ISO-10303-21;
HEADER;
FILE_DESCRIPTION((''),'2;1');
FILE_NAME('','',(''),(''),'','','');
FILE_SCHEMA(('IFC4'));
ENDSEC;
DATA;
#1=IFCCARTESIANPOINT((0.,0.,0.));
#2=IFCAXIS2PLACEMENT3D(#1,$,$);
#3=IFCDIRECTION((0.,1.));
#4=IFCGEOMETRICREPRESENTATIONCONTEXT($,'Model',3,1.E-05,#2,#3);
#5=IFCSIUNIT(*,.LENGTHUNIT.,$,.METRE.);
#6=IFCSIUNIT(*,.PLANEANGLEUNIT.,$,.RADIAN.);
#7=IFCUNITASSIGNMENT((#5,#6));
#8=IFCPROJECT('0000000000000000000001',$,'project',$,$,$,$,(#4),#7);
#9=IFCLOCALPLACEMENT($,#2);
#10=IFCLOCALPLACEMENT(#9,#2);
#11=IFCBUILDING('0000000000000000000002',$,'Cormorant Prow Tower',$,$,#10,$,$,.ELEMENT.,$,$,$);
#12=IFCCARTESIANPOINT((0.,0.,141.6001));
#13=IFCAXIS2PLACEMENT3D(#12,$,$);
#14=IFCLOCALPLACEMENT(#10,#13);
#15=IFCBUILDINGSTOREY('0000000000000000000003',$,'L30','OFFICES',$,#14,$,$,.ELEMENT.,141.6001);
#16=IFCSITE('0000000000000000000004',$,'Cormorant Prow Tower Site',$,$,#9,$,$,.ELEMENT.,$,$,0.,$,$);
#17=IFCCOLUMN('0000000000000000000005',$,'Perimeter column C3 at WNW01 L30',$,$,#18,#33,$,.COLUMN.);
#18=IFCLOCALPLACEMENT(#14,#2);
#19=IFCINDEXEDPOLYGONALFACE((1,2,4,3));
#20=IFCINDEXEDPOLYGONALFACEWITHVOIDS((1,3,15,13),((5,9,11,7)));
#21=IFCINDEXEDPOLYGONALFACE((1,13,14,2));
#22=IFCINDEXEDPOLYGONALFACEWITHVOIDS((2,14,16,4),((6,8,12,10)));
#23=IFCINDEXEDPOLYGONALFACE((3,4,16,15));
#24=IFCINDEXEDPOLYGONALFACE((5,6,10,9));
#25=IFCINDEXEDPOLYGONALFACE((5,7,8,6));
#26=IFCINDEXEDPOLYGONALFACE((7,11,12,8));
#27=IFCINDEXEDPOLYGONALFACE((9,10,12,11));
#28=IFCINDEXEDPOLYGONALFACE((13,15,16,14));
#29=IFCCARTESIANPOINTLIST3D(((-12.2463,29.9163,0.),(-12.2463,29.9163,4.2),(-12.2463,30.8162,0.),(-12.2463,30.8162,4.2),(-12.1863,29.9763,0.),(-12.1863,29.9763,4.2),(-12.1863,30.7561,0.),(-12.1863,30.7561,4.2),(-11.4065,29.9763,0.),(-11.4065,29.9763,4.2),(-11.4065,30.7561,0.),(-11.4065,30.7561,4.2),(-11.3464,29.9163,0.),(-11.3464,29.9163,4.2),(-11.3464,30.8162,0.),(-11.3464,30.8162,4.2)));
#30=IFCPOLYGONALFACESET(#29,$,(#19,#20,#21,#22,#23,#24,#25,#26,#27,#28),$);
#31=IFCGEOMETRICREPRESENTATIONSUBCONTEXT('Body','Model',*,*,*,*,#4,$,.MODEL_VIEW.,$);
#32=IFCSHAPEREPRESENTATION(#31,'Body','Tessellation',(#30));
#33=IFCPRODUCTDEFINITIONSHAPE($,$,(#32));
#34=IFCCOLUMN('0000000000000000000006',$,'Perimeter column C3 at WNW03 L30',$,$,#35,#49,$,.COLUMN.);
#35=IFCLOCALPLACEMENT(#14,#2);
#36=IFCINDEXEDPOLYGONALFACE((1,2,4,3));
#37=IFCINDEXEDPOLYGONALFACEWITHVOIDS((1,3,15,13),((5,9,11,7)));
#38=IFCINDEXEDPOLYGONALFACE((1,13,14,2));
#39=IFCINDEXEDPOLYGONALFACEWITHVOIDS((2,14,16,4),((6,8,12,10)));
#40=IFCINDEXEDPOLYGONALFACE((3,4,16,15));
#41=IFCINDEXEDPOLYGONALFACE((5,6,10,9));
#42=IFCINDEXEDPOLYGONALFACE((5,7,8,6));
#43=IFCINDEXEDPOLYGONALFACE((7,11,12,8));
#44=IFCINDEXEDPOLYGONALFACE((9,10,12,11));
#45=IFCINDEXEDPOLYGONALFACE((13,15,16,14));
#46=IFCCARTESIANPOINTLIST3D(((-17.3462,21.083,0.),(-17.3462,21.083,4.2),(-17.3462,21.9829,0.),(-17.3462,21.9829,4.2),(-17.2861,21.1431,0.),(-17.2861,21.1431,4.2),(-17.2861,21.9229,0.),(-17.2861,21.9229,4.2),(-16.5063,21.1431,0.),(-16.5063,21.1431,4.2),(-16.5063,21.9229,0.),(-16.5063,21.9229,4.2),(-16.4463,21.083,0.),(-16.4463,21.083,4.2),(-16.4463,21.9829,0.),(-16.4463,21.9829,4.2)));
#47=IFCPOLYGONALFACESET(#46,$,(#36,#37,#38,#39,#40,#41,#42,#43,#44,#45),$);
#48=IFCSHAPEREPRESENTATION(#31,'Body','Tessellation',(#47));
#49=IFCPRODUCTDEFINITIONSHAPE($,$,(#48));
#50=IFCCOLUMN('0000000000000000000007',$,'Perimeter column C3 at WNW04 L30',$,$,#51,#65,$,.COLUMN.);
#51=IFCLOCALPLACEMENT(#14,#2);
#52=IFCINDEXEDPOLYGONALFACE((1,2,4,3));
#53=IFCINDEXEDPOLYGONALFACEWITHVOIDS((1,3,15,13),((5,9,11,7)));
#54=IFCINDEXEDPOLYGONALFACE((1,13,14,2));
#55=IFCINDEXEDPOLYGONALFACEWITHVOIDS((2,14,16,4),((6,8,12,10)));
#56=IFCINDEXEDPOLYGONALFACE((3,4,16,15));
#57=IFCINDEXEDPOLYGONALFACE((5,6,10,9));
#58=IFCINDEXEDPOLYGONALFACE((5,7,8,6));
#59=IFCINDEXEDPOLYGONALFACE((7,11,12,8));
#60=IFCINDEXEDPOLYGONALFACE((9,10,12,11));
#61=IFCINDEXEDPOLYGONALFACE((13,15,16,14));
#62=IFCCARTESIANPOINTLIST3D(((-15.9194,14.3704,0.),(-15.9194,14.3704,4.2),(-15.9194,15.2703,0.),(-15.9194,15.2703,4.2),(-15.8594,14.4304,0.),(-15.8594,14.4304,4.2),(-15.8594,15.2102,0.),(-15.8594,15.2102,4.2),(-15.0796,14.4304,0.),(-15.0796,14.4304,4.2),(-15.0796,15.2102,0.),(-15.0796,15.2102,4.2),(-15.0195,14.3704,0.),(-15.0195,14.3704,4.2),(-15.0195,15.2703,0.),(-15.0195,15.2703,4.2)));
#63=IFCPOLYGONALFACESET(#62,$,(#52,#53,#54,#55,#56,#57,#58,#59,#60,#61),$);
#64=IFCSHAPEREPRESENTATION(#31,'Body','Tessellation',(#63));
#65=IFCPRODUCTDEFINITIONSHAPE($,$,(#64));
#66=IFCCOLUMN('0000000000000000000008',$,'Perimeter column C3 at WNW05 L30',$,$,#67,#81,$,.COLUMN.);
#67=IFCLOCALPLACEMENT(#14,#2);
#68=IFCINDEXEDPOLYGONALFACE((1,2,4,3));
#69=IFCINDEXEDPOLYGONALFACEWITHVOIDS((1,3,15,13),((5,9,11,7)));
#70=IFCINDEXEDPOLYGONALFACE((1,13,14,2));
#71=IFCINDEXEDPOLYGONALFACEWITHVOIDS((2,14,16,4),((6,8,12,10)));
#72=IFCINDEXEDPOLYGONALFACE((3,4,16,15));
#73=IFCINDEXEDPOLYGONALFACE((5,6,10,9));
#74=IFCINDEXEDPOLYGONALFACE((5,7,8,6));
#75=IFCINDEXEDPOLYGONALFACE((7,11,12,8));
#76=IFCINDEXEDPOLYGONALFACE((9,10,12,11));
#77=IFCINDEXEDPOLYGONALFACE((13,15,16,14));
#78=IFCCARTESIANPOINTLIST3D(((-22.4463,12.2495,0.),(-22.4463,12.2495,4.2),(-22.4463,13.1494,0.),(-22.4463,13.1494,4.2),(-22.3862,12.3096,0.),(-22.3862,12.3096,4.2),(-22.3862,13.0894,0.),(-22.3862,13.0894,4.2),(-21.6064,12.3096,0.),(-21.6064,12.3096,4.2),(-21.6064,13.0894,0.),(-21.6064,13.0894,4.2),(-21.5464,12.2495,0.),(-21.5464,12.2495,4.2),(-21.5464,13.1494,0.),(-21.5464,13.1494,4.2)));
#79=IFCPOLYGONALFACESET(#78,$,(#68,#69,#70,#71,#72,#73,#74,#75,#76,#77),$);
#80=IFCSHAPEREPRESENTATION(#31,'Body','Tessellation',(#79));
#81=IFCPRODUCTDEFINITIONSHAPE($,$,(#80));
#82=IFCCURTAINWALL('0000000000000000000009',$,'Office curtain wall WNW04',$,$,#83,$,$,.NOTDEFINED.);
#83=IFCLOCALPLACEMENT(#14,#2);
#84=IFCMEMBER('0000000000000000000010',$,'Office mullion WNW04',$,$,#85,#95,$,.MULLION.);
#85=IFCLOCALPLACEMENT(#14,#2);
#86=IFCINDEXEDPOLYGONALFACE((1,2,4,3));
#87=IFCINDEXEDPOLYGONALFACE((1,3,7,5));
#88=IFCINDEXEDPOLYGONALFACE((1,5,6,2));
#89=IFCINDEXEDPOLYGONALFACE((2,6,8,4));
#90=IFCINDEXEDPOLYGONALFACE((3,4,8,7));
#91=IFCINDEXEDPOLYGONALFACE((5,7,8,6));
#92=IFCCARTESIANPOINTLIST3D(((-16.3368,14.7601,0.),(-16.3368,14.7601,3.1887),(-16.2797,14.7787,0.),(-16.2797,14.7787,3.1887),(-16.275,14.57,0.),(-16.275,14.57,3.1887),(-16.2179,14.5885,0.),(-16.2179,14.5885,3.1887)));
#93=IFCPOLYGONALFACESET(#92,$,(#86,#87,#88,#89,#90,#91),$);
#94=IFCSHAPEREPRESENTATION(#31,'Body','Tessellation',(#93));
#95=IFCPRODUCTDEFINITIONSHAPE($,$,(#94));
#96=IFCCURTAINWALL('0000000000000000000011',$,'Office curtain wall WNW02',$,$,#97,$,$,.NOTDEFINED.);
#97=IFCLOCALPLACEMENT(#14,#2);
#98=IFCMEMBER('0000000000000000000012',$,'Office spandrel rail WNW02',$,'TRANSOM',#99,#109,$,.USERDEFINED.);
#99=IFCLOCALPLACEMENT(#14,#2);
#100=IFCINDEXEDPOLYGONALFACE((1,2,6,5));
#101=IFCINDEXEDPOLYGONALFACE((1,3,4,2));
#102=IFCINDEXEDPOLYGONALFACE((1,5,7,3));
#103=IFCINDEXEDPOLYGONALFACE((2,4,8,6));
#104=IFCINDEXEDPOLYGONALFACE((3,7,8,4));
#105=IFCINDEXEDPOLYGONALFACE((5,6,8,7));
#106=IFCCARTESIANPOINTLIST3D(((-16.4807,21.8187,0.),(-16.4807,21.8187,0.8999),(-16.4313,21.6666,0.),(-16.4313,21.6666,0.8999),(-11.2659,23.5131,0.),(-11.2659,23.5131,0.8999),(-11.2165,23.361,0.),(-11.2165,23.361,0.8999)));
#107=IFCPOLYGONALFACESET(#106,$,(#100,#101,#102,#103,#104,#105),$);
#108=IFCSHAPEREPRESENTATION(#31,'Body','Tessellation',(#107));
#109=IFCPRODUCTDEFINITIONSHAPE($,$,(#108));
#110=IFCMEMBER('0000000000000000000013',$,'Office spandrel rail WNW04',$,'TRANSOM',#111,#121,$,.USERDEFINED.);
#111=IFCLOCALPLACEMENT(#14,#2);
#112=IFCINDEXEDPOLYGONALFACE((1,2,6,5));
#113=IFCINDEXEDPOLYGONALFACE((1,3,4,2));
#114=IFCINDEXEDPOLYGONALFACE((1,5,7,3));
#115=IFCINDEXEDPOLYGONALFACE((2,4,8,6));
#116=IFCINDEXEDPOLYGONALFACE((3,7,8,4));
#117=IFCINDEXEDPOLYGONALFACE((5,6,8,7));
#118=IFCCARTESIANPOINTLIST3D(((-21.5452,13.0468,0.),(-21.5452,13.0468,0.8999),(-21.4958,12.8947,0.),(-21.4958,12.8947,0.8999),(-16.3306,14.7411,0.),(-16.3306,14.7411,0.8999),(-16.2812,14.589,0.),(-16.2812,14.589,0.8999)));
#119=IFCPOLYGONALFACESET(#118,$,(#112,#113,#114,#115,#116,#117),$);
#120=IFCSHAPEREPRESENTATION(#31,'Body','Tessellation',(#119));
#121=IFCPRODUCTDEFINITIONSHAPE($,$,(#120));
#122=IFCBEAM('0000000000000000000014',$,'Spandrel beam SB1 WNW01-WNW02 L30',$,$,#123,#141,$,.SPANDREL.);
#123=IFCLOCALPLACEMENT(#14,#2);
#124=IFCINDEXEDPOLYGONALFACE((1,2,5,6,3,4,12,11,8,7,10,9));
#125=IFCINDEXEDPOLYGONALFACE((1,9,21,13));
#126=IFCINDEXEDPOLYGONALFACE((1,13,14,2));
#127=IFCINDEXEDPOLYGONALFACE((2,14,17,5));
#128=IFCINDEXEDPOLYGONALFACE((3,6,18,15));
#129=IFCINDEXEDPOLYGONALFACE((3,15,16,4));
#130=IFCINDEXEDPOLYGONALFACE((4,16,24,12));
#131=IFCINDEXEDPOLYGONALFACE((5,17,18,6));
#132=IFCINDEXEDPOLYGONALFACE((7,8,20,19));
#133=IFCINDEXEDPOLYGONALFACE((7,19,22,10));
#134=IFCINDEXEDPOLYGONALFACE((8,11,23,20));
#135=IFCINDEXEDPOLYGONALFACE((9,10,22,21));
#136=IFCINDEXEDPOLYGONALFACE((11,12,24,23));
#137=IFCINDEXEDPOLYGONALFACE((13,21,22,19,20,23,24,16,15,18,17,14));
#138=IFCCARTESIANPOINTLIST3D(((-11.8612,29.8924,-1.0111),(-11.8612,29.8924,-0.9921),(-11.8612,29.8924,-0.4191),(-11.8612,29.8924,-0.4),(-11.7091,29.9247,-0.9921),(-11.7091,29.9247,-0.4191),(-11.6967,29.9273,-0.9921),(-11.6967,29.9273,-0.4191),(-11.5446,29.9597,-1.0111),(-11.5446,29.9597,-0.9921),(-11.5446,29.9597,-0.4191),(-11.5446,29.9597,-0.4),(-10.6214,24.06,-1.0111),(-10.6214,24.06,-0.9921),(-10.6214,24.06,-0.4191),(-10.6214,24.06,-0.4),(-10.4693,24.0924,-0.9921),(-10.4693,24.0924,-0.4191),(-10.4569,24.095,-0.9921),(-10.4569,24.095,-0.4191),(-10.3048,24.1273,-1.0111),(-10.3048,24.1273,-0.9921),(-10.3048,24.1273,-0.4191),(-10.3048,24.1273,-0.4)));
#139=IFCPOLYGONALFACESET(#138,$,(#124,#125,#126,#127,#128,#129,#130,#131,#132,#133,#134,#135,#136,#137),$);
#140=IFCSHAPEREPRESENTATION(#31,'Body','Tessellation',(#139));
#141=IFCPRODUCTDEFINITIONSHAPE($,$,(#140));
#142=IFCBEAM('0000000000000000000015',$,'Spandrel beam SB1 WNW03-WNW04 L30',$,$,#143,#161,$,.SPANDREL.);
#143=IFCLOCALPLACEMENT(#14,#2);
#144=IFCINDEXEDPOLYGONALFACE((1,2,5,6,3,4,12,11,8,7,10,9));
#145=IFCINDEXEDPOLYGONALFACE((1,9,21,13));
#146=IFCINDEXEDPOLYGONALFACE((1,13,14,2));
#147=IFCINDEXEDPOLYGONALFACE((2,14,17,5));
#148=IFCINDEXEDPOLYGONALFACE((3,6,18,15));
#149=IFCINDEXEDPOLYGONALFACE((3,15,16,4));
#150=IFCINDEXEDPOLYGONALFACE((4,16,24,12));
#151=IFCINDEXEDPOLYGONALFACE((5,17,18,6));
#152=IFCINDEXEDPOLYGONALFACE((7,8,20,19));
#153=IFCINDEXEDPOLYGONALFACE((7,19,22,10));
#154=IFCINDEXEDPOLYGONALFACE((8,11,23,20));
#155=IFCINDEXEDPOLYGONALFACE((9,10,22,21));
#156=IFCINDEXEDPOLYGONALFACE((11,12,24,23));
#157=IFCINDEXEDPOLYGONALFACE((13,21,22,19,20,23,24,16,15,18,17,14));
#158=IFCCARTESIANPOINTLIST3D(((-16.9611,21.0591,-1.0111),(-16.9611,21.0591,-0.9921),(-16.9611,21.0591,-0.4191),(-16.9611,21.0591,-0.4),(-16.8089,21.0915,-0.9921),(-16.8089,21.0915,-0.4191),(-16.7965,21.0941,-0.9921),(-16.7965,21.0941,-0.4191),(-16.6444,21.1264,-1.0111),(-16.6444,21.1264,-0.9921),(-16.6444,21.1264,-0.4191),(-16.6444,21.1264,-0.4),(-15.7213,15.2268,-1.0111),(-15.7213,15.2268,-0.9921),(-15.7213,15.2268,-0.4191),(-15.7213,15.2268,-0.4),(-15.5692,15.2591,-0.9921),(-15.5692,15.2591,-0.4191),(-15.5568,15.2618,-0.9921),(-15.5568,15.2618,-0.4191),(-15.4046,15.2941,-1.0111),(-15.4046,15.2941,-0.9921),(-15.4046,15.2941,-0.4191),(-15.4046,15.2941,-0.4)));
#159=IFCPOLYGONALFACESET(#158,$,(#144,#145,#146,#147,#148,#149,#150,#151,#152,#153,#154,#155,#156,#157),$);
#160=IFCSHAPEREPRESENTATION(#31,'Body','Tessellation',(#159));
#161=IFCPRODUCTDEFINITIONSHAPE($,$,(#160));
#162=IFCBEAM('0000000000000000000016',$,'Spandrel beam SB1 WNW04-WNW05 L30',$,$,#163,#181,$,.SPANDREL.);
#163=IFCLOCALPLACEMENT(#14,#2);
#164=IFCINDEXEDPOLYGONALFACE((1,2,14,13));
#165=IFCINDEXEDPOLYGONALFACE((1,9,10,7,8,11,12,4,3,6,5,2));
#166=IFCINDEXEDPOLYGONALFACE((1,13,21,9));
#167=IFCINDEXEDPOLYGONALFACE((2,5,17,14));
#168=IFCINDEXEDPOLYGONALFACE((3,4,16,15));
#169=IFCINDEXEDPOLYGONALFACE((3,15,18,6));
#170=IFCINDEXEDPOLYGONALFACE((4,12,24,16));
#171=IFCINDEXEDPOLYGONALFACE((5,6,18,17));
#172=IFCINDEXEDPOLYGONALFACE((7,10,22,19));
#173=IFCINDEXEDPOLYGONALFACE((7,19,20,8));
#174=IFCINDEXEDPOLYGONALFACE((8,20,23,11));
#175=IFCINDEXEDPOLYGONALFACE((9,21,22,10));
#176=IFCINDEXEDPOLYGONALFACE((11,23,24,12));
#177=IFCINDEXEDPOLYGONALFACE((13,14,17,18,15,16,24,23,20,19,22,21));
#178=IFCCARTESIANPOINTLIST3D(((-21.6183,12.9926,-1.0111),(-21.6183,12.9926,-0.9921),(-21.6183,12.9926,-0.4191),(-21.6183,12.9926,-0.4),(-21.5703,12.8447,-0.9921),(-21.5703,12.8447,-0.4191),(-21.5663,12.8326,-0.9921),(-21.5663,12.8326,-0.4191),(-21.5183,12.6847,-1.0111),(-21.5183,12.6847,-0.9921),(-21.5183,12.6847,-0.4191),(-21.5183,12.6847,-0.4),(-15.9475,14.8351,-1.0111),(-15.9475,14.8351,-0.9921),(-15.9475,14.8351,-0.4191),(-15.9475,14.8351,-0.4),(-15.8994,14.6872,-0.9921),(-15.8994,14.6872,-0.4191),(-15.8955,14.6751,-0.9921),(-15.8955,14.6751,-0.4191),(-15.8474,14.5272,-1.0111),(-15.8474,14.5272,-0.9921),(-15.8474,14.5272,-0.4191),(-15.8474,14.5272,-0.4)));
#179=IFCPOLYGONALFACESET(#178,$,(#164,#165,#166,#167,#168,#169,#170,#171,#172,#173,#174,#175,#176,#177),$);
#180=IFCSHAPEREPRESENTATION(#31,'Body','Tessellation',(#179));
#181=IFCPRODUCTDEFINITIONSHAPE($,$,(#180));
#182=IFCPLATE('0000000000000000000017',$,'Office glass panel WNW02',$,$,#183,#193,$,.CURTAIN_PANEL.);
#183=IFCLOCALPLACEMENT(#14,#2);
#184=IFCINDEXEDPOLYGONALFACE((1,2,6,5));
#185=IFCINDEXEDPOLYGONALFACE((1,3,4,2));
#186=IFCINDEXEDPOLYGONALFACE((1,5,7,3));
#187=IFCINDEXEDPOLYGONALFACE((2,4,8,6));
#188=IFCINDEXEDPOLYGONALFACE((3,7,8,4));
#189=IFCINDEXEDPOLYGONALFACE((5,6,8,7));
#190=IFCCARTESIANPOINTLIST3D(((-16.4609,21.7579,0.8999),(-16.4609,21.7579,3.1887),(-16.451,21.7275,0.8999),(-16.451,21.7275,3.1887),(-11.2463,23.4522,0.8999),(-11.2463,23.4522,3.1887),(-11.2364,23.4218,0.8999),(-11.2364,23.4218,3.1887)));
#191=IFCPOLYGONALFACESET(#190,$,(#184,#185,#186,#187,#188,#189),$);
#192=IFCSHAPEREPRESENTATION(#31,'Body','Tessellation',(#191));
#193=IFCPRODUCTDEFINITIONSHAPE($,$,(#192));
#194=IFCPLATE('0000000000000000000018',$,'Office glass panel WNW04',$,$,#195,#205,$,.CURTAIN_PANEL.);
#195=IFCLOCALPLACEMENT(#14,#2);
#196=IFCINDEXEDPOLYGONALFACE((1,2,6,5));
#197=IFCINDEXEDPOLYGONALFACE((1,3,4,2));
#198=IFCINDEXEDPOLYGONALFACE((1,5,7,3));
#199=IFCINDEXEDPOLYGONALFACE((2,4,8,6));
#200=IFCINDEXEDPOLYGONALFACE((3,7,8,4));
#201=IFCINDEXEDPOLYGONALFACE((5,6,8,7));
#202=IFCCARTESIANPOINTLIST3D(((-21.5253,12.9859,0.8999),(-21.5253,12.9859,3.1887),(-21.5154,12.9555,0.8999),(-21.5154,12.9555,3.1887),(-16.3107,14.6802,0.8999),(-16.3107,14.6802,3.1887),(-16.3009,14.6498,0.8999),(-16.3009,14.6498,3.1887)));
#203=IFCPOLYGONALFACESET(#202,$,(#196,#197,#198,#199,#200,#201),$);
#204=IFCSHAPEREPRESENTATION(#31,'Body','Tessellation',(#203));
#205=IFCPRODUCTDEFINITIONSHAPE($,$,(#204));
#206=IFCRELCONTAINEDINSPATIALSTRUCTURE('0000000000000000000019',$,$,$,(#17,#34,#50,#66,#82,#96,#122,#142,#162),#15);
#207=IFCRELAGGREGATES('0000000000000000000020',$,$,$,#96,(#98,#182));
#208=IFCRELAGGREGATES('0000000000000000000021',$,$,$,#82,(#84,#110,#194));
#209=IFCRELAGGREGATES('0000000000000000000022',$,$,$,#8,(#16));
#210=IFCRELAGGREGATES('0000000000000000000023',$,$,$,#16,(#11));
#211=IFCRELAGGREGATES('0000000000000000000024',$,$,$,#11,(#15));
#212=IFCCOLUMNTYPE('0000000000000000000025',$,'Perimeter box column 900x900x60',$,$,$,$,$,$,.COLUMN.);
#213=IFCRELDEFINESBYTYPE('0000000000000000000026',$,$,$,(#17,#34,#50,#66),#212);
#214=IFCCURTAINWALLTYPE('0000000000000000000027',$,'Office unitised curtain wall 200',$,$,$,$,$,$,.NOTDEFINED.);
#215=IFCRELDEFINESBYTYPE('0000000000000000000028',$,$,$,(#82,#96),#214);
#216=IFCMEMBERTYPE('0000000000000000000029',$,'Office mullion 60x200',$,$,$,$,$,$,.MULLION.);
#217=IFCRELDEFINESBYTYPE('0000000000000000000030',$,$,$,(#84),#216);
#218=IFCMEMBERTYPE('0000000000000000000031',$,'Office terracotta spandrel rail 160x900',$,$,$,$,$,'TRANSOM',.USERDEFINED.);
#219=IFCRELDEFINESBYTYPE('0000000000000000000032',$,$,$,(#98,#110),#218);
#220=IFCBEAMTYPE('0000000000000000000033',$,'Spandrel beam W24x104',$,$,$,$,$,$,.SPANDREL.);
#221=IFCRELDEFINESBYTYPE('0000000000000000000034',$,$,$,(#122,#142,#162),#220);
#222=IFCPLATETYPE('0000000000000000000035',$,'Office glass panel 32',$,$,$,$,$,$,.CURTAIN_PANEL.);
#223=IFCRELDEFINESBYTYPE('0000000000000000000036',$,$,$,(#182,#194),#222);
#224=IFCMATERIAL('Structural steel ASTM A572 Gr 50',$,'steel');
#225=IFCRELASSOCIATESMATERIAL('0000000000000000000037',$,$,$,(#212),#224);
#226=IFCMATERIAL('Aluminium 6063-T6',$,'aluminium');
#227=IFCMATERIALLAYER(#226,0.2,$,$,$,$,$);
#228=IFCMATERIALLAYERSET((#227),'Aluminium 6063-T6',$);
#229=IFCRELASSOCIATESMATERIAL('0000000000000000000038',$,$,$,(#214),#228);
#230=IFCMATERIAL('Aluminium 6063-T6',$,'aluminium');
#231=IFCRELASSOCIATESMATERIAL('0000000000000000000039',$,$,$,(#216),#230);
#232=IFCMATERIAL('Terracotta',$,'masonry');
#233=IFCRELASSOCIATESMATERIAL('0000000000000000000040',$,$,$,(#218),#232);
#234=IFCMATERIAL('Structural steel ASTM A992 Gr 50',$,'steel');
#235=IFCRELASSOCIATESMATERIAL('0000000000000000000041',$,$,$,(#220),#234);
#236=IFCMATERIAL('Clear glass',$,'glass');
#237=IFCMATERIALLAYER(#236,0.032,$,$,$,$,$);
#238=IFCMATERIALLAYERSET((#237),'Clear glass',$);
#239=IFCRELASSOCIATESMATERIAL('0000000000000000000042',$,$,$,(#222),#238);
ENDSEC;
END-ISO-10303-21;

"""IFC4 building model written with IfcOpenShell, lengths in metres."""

from ifc_helpers import new_model, si_unit, direction, frame, origin, origin_2d, place, context, subcontext, project, spatial, rectangle, hollow_rectangle, i_section, extrude, material, layer, layer_set, material_profile, profile_set, type_object, element, aggregate, save


model = new_model("IFC4")

# Units and contexts
model_context = context("Model", 3, precision=1e-05, world=origin(), true_north=direction((0.0, 1.0)))
body_context = subcontext(model_context, "Body", "Model", "MODEL_VIEW")
ifc_project = project(units=[si_unit("LENGTHUNIT", "METRE"), si_unit("PLANEANGLEUNIT", "RADIAN")], contexts=[model_context])

# Site, building, storey
site_placement = place(None, origin())
site = spatial("IfcSite", under=ifc_project, at=site_placement, Name="Cormorant Prow Tower Site", CompositionType="ELEMENT", RefElevation=0.0)
building_placement = place(site_placement, origin())
building = spatial("IfcBuilding", under=site, at=building_placement, Name="Cormorant Prow Tower", CompositionType="ELEMENT")
storey_placement = place(building_placement, frame((0.0, 0.0, 141.6001)))
storey = spatial("IfcBuildingStorey", under=building, at=storey_placement, Name="L30", Description="OFFICES", CompositionType="ELEMENT", Elevation=141.6001)

# Columns
ifc_material_1 = material(Name="Structural steel ASTM A572 Gr 50", Category="steel")
ifc_material_profile_1 = material_profile(ifc_material_1, hollow_rectangle(XDim=0.8999, YDim=0.8999, WallThickness=0.0601, at=origin_2d()), Name="Box 900x900x60")
ifc_profile_set_1 = profile_set([ifc_material_profile_1], Name="Structural steel ASTM A572 Gr 50")
column_type = type_object("IfcColumnType", Name="Perimeter box column 900x900x60", PredefinedType="COLUMN", material=ifc_profile_set_1)
for number, where, z_axis, x_axis, name in (
    (1, (-11.7964, 30.3662, 0.0), (0.0, 0.0, 1.0), (1.0, 0.0, 0.0), "Perimeter column C3 at WNW01 L30"),
    (2, (-16.8962, 21.533, 0.0), (0.0, 0.0, 1.0), (1.0, 0.0, 0.0), "Perimeter column C3 at WNW03 L30"),
    (3, (-15.4695, 14.8203, 0.0), (0.0, 0.0, 1.0), (1.0, 0.0, 0.0), "Perimeter column C3 at WNW04 L30"),
    (4, (-21.9963, 12.6995, 0.0), (0.0, 0.0, 1.0), (1.0, 0.0, 0.0), "Perimeter column C3 at WNW05 L30"),
):
    element("IfcColumn", number, at=place(storey_placement, frame(where, z_axis=z_axis, x_axis=x_axis)), inside=storey, type_object=column_type, Name=name, PredefinedType="COLUMN", context=body_context, shape_type="SweptSolid", body=[
        extrude(hollow_rectangle(XDim=0.8999, YDim=0.8999, WallThickness=0.0601, at=origin_2d()), origin(), (0.0, 0.0, 1.0), 4.2),
    ])

# Curtain walls, members
ifc_material_2 = material(Name="Aluminium 6063-T6", Category="aluminium")
ifc_layer_1 = layer(ifc_material_2, 0.2)
ifc_layer_set_1 = layer_set([ifc_layer_1], Name="Aluminium 6063-T6")
curtain_wall_type = type_object("IfcCurtainWallType", Name="Office unitised curtain wall 200", PredefinedType="NOTDEFINED", material=ifc_layer_set_1)
curtain_wall_1_placement = place(storey_placement, origin())
curtain_wall_1 = element("IfcCurtainWall", 5, at=curtain_wall_1_placement, inside=storey, type_object=curtain_wall_type, Name="Office curtain wall WNW04", PredefinedType="NOTDEFINED")
ifc_material_3 = material(Name="Aluminium 6063-T6", Category="aluminium")
ifc_material_profile_2 = material_profile(ifc_material_3, rectangle(XDim=0.2, YDim=0.0601, at=origin_2d()), Name="Office mullion 60x200")
ifc_profile_set_2 = profile_set([ifc_material_profile_2], Name="Aluminium 6063-T6")
member_type_1 = type_object("IfcMemberType", Name="Office mullion 60x200", PredefinedType="MULLION", material=ifc_profile_set_2)
member_1_placement = place(storey_placement, frame((-16.2773, 14.6743, 0.0), z_axis=(0.0, 0.0, 1.0), x_axis=(0.309017, -0.951057, 0.0)))
member_1 = element("IfcMember", 6, at=member_1_placement, type_object=member_type_1, Name="Office mullion WNW04", PredefinedType="MULLION", context=body_context, shape_type="SweptSolid", body=[
    extrude(rectangle(XDim=0.2, YDim=0.0601, at=origin_2d()), origin(), (0.0, 0.0, 1.0), 3.1887),
])
curtain_wall_2_placement = place(storey_placement, origin())
curtain_wall_2 = element("IfcCurtainWall", 7, at=curtain_wall_2_placement, inside=storey, type_object=curtain_wall_type, Name="Office curtain wall WNW02", PredefinedType="NOTDEFINED")
ifc_material_4 = material(Name="Terracotta", Category="masonry")
ifc_material_profile_3 = material_profile(ifc_material_4, rectangle(XDim=0.1599, YDim=0.8999, at=origin_2d()), Name="Office terracotta spandrel rail 160x900")
ifc_profile_set_3 = profile_set([ifc_material_profile_3], Name="Terracotta")
member_type_2 = type_object("IfcMemberType", Name="Office terracotta spandrel rail 160x900", ElementType="TRANSOM", PredefinedType="USERDEFINED", material=ifc_profile_set_3)
member_2_placement = place(storey_placement, frame((-11.2412, 23.437, 0.45), z_axis=(-0.95106, -0.309006, 0.0), x_axis=(0.309006, -0.95106, 0.0)))
member_2 = element("IfcMember", 8, at=member_2_placement, type_object=member_type_2, Name="Office spandrel rail WNW02", ObjectType="TRANSOM", PredefinedType="USERDEFINED", context=body_context, shape_type="SweptSolid", body=[
    extrude(rectangle(XDim=0.1599, YDim=0.8999, at=origin_2d()), origin(), (0.0, 0.0, 1.0), 5.4832),
])

# Member
member_3_placement = place(storey_placement, frame((-16.3059, 14.665, 0.45), z_axis=(-0.951056, -0.309019, 0.0), x_axis=(0.309019, -0.951056, 0.0)))
member_3 = element("IfcMember", 9, at=member_3_placement, type_object=member_type_2, Name="Office spandrel rail WNW04", ObjectType="TRANSOM", PredefinedType="USERDEFINED", context=body_context, shape_type="SweptSolid", body=[
    extrude(rectangle(XDim=0.1599, YDim=0.8999, at=origin_2d()), origin(), (0.0, 0.0, 1.0), 5.4829),
])

# Beams
ifc_material_5 = material(Name="Structural steel ASTM A992 Gr 50", Category="steel")
ifc_material_profile_4 = material_profile(ifc_material_5, i_section(OverallWidth=0.3237, OverallDepth=0.6111, WebThickness=0.0127, FlangeThickness=0.019, at=origin_2d()), Name="W24x104")
ifc_profile_set_4 = profile_set([ifc_material_profile_4], Name="Structural steel ASTM A992 Gr 50")
beam_type = type_object("IfcBeamType", Name="Spandrel beam W24x104", PredefinedType="SPANDREL", material=ifc_profile_set_4)
for number, where, z_axis, x_axis, name in (
    (10, (-11.7029, 29.926, -0.7056), (0.207921, -0.978146, 0.0), (0.978146, 0.207921, 0.0), "Spandrel beam SB1 WNW01-WNW02 L30"),
    (11, (-16.8027, 21.0928, -0.7056), (0.207921, -0.978146, 0.0), (0.978146, 0.207921, 0.0), "Spandrel beam SB1 WNW03-WNW04 L30"),
    (12, (-15.8975, 14.6812, -0.7056), (-0.951059, -0.309008, 0.0), (0.309008, -0.951059, 0.0), "Spandrel beam SB1 WNW04-WNW05 L30"),
):
    element("IfcBeam", number, at=place(storey_placement, frame(where, z_axis=z_axis, x_axis=x_axis)), inside=storey, type_object=beam_type, Name=name, PredefinedType="SPANDREL", context=body_context, shape_type="SweptSolid", body=[
        extrude(i_section(OverallWidth=0.3237, OverallDepth=0.6111, WebThickness=0.0127, FlangeThickness=0.019, at=origin_2d()), origin(), (0.0, 0.0, 1.0), 5.9626),
    ])

# Plates
ifc_material_6 = material(Name="Clear glass", Category="glass")
ifc_layer_2 = layer(ifc_material_6, 0.032)
ifc_layer_set_2 = layer_set([ifc_layer_2], Name="Clear glass")
plate_type = type_object("IfcPlateType", Name="Office glass panel 32", PredefinedType="CURTAIN_PANEL", material=ifc_layer_set_2)
plate_1_placement = place(storey_placement, frame((-13.8486, 22.5898, 0.8999), z_axis=(0.0, 0.0, 1.0), x_axis=(-0.951057, -0.309017, 0.0)))
plate_1 = element("IfcPlate", 13, at=plate_1_placement, type_object=plate_type, Name="Office glass panel WNW02", PredefinedType="CURTAIN_PANEL", context=body_context, shape_type="SweptSolid", body=[
    extrude(rectangle(XDim=5.4829, YDim=0.032, at=origin_2d()), origin(), (0.0, 0.0, 1.0), 2.2888),
])
aggregate(curtain_wall_2, [member_2, plate_1])
plate_2_placement = place(storey_placement, frame((-18.9131, 13.8179, 0.8999), z_axis=(0.0, 0.0, 1.0), x_axis=(-0.951057, -0.309017, 0.0)))
plate_2 = element("IfcPlate", 14, at=plate_2_placement, type_object=plate_type, Name="Office glass panel WNW04", PredefinedType="CURTAIN_PANEL", context=body_context, shape_type="SweptSolid", body=[
    extrude(rectangle(XDim=5.4829, YDim=0.032, at=origin_2d()), origin(), (0.0, 0.0, 1.0), 2.2888),
])
aggregate(curtain_wall_1, [member_1, member_3, plate_2])

save(model, "model.ifc")
